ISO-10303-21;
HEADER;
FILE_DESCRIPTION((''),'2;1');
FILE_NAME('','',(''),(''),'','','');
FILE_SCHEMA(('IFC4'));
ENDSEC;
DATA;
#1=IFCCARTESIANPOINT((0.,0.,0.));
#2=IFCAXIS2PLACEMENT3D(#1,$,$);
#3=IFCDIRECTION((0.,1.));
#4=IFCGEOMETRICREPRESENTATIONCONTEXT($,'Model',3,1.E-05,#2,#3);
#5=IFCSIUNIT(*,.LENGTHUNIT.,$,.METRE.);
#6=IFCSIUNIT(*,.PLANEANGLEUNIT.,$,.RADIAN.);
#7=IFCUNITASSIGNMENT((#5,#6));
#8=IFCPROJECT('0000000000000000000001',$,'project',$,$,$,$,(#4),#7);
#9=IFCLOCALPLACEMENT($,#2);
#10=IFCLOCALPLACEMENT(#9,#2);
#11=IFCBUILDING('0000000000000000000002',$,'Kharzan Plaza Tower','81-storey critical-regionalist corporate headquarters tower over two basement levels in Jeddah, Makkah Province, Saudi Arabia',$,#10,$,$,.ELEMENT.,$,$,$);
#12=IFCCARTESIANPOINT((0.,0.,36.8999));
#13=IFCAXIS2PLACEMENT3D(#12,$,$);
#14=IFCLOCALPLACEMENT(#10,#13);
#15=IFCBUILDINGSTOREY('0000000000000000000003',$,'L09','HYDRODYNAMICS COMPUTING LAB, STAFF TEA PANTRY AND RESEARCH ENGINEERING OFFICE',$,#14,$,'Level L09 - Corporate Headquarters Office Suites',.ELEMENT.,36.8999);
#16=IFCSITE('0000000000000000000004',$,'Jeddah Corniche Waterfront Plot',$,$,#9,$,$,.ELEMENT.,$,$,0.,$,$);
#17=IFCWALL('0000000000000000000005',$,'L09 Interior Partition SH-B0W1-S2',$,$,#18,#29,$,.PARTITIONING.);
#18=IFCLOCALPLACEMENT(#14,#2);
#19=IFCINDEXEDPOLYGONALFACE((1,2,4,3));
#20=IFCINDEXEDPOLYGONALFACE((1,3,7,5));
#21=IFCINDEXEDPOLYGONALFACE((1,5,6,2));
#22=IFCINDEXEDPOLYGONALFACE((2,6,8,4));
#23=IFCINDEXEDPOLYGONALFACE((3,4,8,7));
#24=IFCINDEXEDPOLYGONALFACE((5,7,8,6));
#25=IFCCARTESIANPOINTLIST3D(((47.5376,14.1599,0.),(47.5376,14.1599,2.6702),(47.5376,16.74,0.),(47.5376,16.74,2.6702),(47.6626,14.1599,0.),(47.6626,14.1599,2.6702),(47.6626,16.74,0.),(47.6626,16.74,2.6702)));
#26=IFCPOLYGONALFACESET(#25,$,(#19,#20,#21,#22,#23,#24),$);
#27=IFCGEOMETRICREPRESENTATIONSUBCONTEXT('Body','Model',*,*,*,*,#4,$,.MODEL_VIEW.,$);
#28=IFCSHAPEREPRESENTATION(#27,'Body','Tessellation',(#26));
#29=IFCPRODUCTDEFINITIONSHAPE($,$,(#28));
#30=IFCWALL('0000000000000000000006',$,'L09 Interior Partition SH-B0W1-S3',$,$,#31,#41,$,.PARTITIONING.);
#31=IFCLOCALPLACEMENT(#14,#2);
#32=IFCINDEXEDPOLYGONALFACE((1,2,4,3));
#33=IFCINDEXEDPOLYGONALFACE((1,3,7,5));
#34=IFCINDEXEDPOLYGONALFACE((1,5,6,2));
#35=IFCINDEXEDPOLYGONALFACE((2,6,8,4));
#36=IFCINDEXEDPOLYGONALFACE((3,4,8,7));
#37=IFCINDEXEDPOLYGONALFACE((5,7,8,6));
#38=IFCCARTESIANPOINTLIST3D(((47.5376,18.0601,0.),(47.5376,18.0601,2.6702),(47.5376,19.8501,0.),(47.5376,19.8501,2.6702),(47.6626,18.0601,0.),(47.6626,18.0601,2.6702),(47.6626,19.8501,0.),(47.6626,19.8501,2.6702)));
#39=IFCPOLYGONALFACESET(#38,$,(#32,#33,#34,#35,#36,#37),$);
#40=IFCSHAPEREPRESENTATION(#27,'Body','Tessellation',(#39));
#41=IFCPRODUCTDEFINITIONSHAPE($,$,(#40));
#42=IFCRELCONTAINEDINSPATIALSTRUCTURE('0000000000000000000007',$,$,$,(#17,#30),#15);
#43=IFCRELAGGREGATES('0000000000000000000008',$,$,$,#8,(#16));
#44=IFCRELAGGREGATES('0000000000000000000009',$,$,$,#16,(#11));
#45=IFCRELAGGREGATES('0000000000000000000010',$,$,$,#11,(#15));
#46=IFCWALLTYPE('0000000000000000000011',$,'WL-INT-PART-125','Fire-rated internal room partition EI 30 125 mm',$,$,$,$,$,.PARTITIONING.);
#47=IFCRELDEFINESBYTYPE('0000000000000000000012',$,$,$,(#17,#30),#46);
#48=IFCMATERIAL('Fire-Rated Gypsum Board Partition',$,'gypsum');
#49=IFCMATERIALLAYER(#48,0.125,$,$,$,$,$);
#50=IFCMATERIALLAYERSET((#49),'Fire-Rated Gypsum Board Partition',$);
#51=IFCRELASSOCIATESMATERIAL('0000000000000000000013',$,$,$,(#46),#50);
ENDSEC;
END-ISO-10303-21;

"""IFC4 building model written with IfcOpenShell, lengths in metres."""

from ifc_helpers import new_model, si_unit, direction, frame, frame_2d, origin, place, context, subcontext, project, spatial, rectangle, extrude, source, transform, mapped, material, layer, layer_set, type_object, element, save


model = new_model("IFC4")

# Units and contexts
model_context = context("Model", 3, precision=1e-05, world=origin(), true_north=direction((0.0, 1.0)))
body_context = subcontext(model_context, "Body", "Model", "MODEL_VIEW")
ifc_project = project(units=[si_unit("LENGTHUNIT", "METRE"), si_unit("PLANEANGLEUNIT", "RADIAN")], contexts=[model_context])

# Site, building, storey
site_placement = place(None, origin())
site = spatial("IfcSite", under=ifc_project, at=site_placement, Name="Jeddah Corniche Waterfront Plot", CompositionType="ELEMENT", RefElevation=0.0)
building_placement = place(site_placement, origin())
building = spatial("IfcBuilding", under=site, at=building_placement, Name="Kharzan Plaza Tower", Description="81-storey critical-regionalist corporate headquarters tower over two basement levels in Jeddah, Makkah Province, Saudi Arabia", CompositionType="ELEMENT")
storey_placement = place(building_placement, frame((0.0, 0.0, 36.8999)))
storey = spatial("IfcBuildingStorey", under=building, at=storey_placement, Name="L09", Description="HYDRODYNAMICS COMPUTING LAB, STAFF TEA PANTRY AND RESEARCH ENGINEERING OFFICE", LongName="Level L09 - Corporate Headquarters Office Suites", CompositionType="ELEMENT", Elevation=36.8999)

# Shared definitions
ifc_material_1 = material(Name="Fire-Rated Gypsum Board Partition", Category="gypsum")
ifc_layer_1 = layer(ifc_material_1, 0.125)
ifc_layer_set_1 = layer_set([ifc_layer_1], Name="Fire-Rated Gypsum Board Partition")
wall_type_1 = type_object("IfcWallType", Name="WL-INT-PART-125", Description="Fire-rated internal room partition EI 30 125 mm", PredefinedType="PARTITIONING", material=ifc_layer_set_1)

# Walls
shared_shape_1 = source(origin(), body_context, "Body", "SweptSolid", [
    extrude(rectangle(XDim=2.5801, YDim=0.125, at=frame_2d((1.29, 0.0))), origin(), (0.0, 0.0, 1.0), 2.6702),
])
wall_1_placement = place(storey_placement, frame((47.6001, 14.1599, 0.0), z_axis=(0.0, 0.0, 1.0), x_axis=(0.0, 1.0, 0.0)))
element("IfcWall", 1, at=wall_1_placement, inside=storey, type_object=wall_type_1, Name="L09 Interior Partition SH-B0W1-S2", PredefinedType="PARTITIONING", context=body_context, shape_type="MappedRepresentation", body=[
    mapped(shared_shape_1, transform((0.0, 0.0, 0.0), x_axis=(1.0, 0.0, 0.0), y_axis=(0.0, 1.0, 0.0), z_axis=(0.0, 0.0, 1.0))),
])
shared_shape_2 = source(origin(), body_context, "Body", "SweptSolid", [
    extrude(rectangle(XDim=1.79, YDim=0.125, at=frame_2d((0.895, 0.0))), origin(), (0.0, 0.0, 1.0), 2.6702),
])
wall_2_placement = place(storey_placement, frame((47.6001, 18.0601, 0.0), z_axis=(0.0, 0.0, 1.0), x_axis=(0.0, 1.0, 0.0)))
element("IfcWall", 2, at=wall_2_placement, inside=storey, type_object=wall_type_1, Name="L09 Interior Partition SH-B0W1-S3", PredefinedType="PARTITIONING", context=body_context, shape_type="MappedRepresentation", body=[
    mapped(shared_shape_2, transform((0.0, 0.0, 0.0), x_axis=(1.0, 0.0, 0.0), y_axis=(0.0, 1.0, 0.0), z_axis=(0.0, 0.0, 1.0))),
])

save(model, "model.ifc")
